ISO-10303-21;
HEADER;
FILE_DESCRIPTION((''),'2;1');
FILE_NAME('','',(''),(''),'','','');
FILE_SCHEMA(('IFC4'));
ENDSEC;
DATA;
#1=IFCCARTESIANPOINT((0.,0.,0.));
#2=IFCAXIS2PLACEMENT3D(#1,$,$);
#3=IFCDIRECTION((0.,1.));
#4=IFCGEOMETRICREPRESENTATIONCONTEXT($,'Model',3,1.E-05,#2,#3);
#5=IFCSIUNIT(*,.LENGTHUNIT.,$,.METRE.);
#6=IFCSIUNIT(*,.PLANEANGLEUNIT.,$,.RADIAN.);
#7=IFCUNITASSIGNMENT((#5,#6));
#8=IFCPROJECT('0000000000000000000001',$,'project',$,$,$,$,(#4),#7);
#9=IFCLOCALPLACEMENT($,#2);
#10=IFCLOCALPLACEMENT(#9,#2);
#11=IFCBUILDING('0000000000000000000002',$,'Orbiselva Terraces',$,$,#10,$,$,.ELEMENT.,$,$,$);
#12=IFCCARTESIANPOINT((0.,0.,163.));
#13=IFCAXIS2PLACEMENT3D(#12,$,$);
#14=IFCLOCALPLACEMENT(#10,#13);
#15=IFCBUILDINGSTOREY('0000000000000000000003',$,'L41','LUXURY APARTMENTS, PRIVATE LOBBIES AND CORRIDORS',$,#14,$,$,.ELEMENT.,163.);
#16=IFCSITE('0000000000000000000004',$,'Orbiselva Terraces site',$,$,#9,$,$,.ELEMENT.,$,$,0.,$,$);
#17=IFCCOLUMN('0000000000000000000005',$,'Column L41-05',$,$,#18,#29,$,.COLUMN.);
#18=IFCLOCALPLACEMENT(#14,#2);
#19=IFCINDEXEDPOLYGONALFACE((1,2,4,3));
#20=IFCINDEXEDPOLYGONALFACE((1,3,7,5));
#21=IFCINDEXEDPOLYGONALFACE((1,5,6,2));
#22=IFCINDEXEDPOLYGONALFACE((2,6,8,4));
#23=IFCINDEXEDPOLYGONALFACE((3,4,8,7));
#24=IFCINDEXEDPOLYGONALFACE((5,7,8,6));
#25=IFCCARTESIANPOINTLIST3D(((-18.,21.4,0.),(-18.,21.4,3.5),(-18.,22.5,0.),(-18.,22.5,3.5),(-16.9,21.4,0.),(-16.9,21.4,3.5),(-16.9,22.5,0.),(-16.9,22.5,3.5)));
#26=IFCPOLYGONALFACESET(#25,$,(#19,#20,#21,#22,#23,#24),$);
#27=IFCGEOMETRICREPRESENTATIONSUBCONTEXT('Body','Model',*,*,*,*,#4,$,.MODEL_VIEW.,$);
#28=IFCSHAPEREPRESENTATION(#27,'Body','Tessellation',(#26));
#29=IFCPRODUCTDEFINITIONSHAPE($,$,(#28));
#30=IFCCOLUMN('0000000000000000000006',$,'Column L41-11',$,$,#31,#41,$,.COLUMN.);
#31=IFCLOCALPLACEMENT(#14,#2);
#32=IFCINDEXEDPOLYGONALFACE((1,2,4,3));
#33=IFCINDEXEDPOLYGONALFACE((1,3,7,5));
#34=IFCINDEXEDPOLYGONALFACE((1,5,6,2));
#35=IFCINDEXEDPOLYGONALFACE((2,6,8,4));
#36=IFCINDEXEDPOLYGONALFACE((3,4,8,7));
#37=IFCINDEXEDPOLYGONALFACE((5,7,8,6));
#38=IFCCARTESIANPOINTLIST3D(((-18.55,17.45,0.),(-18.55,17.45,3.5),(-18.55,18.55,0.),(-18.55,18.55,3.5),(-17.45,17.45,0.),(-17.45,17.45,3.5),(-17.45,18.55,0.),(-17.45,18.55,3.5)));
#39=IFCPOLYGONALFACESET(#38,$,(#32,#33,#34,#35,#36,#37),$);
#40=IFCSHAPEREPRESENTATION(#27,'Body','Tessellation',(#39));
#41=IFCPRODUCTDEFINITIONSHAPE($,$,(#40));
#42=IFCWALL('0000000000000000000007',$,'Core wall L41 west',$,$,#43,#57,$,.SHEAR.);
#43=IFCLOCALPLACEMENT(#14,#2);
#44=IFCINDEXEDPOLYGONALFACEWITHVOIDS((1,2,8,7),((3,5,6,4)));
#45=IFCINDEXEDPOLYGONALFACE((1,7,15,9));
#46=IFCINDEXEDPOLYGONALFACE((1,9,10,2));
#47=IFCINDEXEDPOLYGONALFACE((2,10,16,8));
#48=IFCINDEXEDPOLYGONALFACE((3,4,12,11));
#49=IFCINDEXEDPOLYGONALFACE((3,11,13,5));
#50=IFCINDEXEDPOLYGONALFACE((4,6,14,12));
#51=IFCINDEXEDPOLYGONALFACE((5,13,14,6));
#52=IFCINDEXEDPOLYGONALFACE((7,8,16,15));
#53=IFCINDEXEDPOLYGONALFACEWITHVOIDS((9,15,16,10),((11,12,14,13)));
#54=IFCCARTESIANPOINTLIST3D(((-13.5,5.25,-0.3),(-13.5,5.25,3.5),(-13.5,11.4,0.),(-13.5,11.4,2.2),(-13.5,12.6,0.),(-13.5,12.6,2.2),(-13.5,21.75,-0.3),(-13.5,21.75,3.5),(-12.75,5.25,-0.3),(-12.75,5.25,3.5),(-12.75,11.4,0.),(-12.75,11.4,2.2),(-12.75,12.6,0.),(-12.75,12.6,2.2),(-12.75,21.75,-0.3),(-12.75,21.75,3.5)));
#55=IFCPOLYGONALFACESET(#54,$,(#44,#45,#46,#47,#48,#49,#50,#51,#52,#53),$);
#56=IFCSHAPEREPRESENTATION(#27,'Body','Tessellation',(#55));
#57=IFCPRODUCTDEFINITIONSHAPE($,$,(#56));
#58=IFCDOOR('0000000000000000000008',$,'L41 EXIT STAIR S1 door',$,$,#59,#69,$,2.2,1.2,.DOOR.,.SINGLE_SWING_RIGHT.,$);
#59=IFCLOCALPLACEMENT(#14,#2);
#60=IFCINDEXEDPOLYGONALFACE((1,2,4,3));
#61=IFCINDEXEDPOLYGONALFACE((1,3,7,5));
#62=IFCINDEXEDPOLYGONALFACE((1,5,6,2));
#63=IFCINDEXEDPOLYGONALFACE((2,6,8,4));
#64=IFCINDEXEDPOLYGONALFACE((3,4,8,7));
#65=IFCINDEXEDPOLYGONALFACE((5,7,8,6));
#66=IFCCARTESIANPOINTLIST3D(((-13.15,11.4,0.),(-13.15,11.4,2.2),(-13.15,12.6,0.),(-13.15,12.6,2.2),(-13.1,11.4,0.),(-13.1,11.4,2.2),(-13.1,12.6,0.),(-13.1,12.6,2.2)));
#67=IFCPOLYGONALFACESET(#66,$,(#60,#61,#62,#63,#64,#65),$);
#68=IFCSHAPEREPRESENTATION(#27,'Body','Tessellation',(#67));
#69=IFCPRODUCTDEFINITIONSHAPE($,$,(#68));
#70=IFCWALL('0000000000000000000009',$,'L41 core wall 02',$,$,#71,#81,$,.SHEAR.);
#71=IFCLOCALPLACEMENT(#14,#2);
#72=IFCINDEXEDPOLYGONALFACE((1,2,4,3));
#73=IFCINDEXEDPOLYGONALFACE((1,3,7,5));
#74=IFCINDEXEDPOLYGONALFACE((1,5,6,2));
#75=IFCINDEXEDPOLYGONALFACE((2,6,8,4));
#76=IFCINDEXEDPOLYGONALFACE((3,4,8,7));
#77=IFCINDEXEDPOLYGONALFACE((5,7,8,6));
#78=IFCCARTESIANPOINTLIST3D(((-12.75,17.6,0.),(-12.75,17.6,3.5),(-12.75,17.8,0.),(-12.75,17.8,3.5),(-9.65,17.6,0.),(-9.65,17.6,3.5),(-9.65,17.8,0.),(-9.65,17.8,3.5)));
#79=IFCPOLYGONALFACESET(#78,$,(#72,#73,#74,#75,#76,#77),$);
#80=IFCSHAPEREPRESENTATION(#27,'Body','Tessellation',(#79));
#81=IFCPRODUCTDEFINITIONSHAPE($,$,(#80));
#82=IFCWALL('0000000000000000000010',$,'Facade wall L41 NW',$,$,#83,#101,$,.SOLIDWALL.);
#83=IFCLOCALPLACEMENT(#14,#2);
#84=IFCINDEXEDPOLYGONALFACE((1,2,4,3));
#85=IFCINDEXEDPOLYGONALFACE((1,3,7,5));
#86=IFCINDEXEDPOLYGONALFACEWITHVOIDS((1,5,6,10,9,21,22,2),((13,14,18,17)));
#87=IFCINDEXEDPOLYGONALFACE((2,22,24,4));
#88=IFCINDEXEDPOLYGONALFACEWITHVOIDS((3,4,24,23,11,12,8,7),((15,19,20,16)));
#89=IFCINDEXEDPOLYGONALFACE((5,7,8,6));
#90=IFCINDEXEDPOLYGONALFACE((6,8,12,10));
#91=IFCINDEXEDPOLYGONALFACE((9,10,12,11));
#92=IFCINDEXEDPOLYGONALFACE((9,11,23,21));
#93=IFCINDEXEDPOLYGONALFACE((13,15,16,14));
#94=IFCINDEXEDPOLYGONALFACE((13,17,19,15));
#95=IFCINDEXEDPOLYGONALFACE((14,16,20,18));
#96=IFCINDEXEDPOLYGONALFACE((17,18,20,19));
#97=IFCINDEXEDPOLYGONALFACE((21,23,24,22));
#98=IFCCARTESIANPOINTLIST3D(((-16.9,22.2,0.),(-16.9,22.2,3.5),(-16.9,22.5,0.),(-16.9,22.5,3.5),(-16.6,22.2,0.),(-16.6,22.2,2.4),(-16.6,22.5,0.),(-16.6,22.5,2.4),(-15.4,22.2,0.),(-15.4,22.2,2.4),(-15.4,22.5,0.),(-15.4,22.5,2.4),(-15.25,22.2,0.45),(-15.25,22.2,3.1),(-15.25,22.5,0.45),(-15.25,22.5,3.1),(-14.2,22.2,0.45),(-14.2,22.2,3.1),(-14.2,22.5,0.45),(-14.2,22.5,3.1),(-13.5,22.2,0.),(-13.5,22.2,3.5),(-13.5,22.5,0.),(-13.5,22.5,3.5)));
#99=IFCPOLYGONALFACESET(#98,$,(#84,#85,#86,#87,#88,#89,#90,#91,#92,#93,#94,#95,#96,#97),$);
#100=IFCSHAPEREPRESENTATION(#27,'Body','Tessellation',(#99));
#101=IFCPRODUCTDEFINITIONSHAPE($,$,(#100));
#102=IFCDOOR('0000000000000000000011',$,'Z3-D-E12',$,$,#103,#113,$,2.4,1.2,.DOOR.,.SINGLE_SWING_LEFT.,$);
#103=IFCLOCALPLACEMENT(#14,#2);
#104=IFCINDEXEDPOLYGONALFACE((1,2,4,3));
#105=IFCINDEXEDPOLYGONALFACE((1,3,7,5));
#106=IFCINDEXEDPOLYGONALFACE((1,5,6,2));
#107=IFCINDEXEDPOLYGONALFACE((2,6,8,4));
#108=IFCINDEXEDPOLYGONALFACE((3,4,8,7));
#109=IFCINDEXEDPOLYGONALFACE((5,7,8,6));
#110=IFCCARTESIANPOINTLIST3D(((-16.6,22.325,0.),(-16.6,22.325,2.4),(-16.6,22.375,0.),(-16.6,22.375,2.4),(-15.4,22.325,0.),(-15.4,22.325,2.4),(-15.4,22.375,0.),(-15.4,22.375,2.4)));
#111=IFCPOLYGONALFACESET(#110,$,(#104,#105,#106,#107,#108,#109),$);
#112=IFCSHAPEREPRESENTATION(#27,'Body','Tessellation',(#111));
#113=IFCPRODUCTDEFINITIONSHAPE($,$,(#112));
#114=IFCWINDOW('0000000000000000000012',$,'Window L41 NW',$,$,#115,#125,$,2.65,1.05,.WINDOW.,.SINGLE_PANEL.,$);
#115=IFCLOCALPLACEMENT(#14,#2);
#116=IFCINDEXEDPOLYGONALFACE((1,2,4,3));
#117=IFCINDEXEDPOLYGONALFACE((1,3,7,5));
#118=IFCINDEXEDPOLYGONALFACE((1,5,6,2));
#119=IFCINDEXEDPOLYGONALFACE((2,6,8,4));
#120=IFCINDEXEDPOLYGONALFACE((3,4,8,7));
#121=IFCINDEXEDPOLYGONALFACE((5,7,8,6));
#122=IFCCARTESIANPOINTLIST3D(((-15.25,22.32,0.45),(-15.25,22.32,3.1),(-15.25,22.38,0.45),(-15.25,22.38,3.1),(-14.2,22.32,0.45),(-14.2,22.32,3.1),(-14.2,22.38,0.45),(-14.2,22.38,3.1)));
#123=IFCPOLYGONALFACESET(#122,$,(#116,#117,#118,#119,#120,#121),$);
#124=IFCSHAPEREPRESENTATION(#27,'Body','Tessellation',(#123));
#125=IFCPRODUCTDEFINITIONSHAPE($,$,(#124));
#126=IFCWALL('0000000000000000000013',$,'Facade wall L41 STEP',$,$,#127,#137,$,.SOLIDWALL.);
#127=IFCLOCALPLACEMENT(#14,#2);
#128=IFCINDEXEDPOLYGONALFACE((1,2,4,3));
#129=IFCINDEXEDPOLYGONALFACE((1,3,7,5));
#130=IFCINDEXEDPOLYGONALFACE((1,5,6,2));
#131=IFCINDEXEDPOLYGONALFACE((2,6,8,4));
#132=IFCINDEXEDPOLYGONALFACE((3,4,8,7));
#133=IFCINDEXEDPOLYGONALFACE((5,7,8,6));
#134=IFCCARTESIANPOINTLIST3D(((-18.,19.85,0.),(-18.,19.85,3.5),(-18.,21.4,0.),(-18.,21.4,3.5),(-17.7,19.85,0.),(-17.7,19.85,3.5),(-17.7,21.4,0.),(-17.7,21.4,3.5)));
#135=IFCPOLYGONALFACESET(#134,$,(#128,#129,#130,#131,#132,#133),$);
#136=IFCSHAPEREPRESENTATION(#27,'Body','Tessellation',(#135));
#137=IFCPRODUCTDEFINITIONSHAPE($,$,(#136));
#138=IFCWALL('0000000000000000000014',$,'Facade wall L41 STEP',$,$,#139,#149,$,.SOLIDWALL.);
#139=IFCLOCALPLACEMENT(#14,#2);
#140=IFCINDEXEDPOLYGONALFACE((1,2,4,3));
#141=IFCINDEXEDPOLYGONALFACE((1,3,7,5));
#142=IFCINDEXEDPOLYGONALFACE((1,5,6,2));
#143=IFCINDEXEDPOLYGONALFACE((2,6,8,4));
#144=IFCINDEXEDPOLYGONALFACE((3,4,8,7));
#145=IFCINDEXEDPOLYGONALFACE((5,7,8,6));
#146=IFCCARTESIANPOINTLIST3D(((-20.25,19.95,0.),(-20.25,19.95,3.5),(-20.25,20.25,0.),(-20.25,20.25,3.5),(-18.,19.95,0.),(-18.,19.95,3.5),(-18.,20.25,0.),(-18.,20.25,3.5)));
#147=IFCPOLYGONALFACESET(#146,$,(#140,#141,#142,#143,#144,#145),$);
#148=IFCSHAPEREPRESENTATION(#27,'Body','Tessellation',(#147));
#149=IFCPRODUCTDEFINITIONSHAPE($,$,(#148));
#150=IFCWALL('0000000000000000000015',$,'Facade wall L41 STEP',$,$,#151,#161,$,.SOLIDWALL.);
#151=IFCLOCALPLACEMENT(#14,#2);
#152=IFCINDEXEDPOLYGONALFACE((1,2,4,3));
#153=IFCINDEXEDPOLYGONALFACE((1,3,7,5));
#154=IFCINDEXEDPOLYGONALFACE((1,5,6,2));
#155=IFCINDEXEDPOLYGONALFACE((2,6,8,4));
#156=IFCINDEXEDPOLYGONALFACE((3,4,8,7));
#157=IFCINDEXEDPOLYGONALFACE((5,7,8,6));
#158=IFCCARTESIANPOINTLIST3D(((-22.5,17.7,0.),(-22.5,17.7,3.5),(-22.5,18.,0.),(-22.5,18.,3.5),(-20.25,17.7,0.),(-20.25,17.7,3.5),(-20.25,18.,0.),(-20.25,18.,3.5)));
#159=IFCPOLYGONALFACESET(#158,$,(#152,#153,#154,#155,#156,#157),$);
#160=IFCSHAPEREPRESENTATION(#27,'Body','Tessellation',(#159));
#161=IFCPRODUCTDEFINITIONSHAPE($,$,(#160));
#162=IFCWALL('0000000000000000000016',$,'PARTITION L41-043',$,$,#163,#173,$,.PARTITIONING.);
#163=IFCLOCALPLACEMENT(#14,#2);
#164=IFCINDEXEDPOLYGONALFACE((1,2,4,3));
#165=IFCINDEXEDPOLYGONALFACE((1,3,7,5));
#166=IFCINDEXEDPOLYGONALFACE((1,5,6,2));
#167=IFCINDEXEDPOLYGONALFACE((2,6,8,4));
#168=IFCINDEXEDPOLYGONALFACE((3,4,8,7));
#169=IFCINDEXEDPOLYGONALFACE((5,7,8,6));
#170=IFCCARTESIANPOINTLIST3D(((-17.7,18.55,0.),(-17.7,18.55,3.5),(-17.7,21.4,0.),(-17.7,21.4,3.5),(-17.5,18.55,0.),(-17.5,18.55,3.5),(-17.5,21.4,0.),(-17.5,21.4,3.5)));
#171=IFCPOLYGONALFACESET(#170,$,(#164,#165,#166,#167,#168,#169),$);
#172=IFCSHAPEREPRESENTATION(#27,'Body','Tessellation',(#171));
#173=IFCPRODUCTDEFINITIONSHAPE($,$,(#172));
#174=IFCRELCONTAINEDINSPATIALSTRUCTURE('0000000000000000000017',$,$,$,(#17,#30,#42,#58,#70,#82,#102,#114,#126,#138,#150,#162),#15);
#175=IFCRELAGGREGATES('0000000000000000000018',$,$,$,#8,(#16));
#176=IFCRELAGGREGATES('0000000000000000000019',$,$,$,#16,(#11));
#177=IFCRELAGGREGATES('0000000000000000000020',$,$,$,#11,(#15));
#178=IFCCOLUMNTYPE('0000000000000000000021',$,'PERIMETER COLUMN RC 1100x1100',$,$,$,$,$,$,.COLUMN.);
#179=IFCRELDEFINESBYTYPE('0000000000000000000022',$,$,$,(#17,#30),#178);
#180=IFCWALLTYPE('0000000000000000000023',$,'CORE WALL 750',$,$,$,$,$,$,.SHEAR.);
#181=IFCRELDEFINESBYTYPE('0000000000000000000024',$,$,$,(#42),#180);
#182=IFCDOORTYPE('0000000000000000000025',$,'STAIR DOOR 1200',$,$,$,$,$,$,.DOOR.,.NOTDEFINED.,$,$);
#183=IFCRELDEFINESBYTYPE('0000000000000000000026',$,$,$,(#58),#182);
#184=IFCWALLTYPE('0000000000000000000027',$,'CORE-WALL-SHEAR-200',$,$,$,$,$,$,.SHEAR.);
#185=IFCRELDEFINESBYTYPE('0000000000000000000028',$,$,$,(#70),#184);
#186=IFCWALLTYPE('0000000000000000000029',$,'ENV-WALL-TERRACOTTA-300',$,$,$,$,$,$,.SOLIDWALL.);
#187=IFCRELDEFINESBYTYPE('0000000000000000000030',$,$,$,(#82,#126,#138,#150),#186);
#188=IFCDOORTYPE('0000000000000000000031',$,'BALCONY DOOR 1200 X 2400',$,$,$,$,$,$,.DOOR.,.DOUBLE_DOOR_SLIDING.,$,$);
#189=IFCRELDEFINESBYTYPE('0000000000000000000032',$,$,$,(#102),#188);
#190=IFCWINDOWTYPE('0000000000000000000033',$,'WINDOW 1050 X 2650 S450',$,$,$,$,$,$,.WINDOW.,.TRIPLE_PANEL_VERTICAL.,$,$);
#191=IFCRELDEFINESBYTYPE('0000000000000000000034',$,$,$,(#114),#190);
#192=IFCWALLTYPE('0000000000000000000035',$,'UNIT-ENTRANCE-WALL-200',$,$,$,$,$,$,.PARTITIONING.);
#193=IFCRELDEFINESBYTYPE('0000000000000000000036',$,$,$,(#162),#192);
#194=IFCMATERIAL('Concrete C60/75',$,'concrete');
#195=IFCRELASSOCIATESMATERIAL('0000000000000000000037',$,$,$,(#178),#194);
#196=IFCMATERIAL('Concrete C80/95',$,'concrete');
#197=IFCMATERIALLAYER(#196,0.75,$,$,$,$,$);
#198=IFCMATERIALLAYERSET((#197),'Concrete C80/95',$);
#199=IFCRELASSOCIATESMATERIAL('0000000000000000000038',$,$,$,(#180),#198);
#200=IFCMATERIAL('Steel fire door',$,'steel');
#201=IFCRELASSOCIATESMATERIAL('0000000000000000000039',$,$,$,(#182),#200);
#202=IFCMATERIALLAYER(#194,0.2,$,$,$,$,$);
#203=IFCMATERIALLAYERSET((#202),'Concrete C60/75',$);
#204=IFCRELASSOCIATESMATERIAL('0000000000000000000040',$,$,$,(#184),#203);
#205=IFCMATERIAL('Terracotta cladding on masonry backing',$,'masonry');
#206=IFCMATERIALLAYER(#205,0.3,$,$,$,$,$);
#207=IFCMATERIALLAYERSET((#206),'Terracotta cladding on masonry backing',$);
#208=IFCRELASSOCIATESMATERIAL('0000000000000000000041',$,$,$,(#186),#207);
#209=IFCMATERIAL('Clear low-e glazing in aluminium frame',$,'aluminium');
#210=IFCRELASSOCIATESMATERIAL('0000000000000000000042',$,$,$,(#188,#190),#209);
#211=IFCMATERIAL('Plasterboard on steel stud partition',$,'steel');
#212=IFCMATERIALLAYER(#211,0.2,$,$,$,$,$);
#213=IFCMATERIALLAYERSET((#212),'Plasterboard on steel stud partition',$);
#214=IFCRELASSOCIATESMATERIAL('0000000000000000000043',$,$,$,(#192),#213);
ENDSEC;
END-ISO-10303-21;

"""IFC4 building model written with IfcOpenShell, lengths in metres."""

from ifc_helpers import new_model, si_unit, direction, frame, frame_2d, origin, origin_2d, place, context, subcontext, project, spatial, rectangle, extrude, material, layer, layer_set, material_profile, profile_set, type_object, element, fill, save


model = new_model("IFC4")

# Units and contexts
model_context = context("Model", 3, precision=1e-05, world=origin(), true_north=direction((0.0, 1.0)))
body_context = subcontext(model_context, "Body", "Model", "MODEL_VIEW")
ifc_project = project(units=[si_unit("LENGTHUNIT", "METRE"), si_unit("PLANEANGLEUNIT", "RADIAN")], contexts=[model_context])

# Site, building, storey
site_placement = place(None, origin())
site = spatial("IfcSite", under=ifc_project, at=site_placement, Name="Orbiselva Terraces site", CompositionType="ELEMENT", RefElevation=0.0)
building_placement = place(site_placement, origin())
building = spatial("IfcBuilding", under=site, at=building_placement, Name="Orbiselva Terraces", CompositionType="ELEMENT")
storey_placement = place(building_placement, frame((0.0, 0.0, 163.0)))
storey = spatial("IfcBuildingStorey", under=building, at=storey_placement, Name="L41", Description="LUXURY APARTMENTS, PRIVATE LOBBIES AND CORRIDORS", CompositionType="ELEMENT", Elevation=163.0)

# Columns
ifc_material_1 = material(Name="Concrete C60/75", Category="concrete")
ifc_material_profile = material_profile(ifc_material_1, rectangle(XDim=1.1, YDim=1.1, at=origin_2d()), Name="RC 1100x1100")
ifc_profile_set = profile_set([ifc_material_profile], Name="Concrete C60/75")
column_type = type_object("IfcColumnType", Name="PERIMETER COLUMN RC 1100x1100", PredefinedType="COLUMN", material=ifc_profile_set)
for number, where, z_axis, x_axis, name in (
    (1, (-17.45, 21.95, 0.0), (0.0, 0.0, 1.0), (1.0, 0.0, 0.0), "Column L41-05"),
    (2, (-18.0, 18.0, 0.0), (0.0, 0.0, 1.0), (1.0, 0.0, 0.0), "Column L41-11"),
):
    element("IfcColumn", number, at=place(storey_placement, frame(where, z_axis=z_axis, x_axis=x_axis)), inside=storey, type_object=column_type, Name=name, PredefinedType="COLUMN", context=body_context, shape_type="SweptSolid", body=[
        extrude(rectangle(XDim=1.1, YDim=1.1, at=origin_2d()), origin(), (0.0, 0.0, 1.0), 3.5),
    ])

# Wall, opening, door
ifc_material_2 = material(Name="Concrete C80/95", Category="concrete")
ifc_layer_1 = layer(ifc_material_2, 0.75)
ifc_layer_set_1 = layer_set([ifc_layer_1], Name="Concrete C80/95")
wall_type_1 = type_object("IfcWallType", Name="CORE WALL 750", PredefinedType="SHEAR", material=ifc_layer_set_1)
wall_1_placement = place(storey_placement, frame((-13.125, 21.75, -0.3), z_axis=(0.0, 0.0, 1.0), x_axis=(0.0, -1.0, 0.0)))
wall_1 = element("IfcWall", 3, at=wall_1_placement, inside=storey, type_object=wall_type_1, Name="Core wall L41 west", PredefinedType="SHEAR", context=body_context, shape_type="SweptSolid", body=[
    extrude(rectangle(XDim=16.5, YDim=0.75, at=frame_2d((8.25, 0.0))), origin(), (0.0, 0.0, 1.0), 3.8),
])
opening_1_placement = place(wall_1_placement, frame((9.15, 0.0, 0.3)))
opening_1 = element("IfcOpeningElement", 4, at=opening_1_placement, cuts=wall_1, PredefinedType="OPENING", context=body_context, shape_type="SweptSolid", body=[
    extrude(rectangle(XDim=1.2, YDim=2.2, at=frame_2d((0.6, 1.1))), frame((0.0, 0.385, 0.0), z_axis=(0.0, -1.0, 0.0), x_axis=(1.0, 0.0, 0.0)), (0.0, 0.0, 1.0), 0.77),
])
ifc_material_3 = material(Name="Steel fire door", Category="steel")
door_type_1 = type_object("IfcDoorType", Name="STAIR DOOR 1200", OperationType="NOTDEFINED", PredefinedType="DOOR", material=ifc_material_3)
door_1_placement = place(opening_1_placement, frame((1.2, 0.0, 0.0), z_axis=(0.0, 0.0, 1.0), x_axis=(-1.0, 0.0, 0.0)))
door_1 = element("IfcDoor", 5, at=door_1_placement, inside=storey, type_object=door_type_1, Name="L41 EXIT STAIR S1 door", OperationType="SINGLE_SWING_RIGHT", OverallHeight=2.2, OverallWidth=1.2, PredefinedType="DOOR", context=body_context, shape_type="SweptSolid", body=[
    extrude(rectangle(XDim=1.2, YDim=2.2, at=frame_2d((0.6, 1.1))), frame((0.0, 0.025, 0.0), z_axis=(0.0, -1.0, 0.0), x_axis=(1.0, 0.0, 0.0)), (0.0, 0.0, 1.0), 0.05),
])
fill(opening_1, door_1)

# Wall
ifc_layer_2 = layer(ifc_material_1, 0.2)
ifc_layer_set_2 = layer_set([ifc_layer_2], Name="Concrete C60/75")
wall_type_2 = type_object("IfcWallType", Name="CORE-WALL-SHEAR-200", PredefinedType="SHEAR", material=ifc_layer_set_2)
wall_2_placement = place(storey_placement, frame((-12.75, 17.7, 0.0), z_axis=(0.0, 0.0, 1.0), x_axis=(1.0, 0.0, 0.0)))
element("IfcWall", 6, at=wall_2_placement, inside=storey, type_object=wall_type_2, Name="L41 core wall 02", PredefinedType="SHEAR", context=body_context, shape_type="SweptSolid", body=[
    extrude(rectangle(XDim=3.1, YDim=0.2, at=frame_2d((1.55, 0.0))), origin(), (0.0, 0.0, 1.0), 3.5),
])

# Wall, openings, door, window
ifc_material_4 = material(Name="Terracotta cladding on masonry backing", Category="masonry")
ifc_layer_3 = layer(ifc_material_4, 0.3)
ifc_layer_set_3 = layer_set([ifc_layer_3], Name="Terracotta cladding on masonry backing")
wall_type_3 = type_object("IfcWallType", Name="ENV-WALL-TERRACOTTA-300", PredefinedType="SOLIDWALL", material=ifc_layer_set_3)
wall_3_placement = place(storey_placement, frame((-16.9, 22.35, 0.0), z_axis=(0.0, 0.0, 1.0), x_axis=(1.0, 0.0, 0.0)))
wall_3 = element("IfcWall", 7, at=wall_3_placement, inside=storey, type_object=wall_type_3, Name="Facade wall L41 NW", PredefinedType="SOLIDWALL", context=body_context, shape_type="SweptSolid", body=[
    extrude(rectangle(XDim=3.4, YDim=0.3, at=frame_2d((1.7, 0.0))), origin(), (0.0, 0.0, 1.0), 3.5),
])
opening_2_placement = place(wall_3_placement, frame((1.65, 0.0, 0.45)))
opening_2 = element("IfcOpeningElement", 8, at=opening_2_placement, cuts=wall_3, PredefinedType="OPENING", context=body_context, shape_type="SweptSolid", body=[
    extrude(rectangle(XDim=1.05, YDim=2.65, at=frame_2d((0.525, 1.325))), frame((0.0, 0.16, 0.0), z_axis=(0.0, -1.0, 0.0), x_axis=(1.0, 0.0, 0.0)), (0.0, 0.0, 1.0), 0.32),
])
opening_3_placement = place(wall_3_placement, frame((0.3, 0.0, 0.0)))
opening_3 = element("IfcOpeningElement", 9, at=opening_3_placement, cuts=wall_3, PredefinedType="OPENING", context=body_context, shape_type="SweptSolid", body=[
    extrude(rectangle(XDim=1.2, YDim=2.4, at=frame_2d((0.6, 1.2))), frame((0.0, 0.16, 0.0), z_axis=(0.0, -1.0, 0.0), x_axis=(1.0, 0.0, 0.0)), (0.0, 0.0, 1.0), 0.32),
])
ifc_material_5 = material(Name="Clear low-e glazing in aluminium frame", Category="aluminium")
door_type_2 = type_object("IfcDoorType", Name="BALCONY DOOR 1200 X 2400", OperationType="DOUBLE_DOOR_SLIDING", PredefinedType="DOOR", material=ifc_material_5)
door_2_placement = place(opening_3_placement, origin())
door_2 = element("IfcDoor", 10, at=door_2_placement, inside=storey, type_object=door_type_2, Name="Z3-D-E12", OperationType="SINGLE_SWING_LEFT", OverallHeight=2.4, OverallWidth=1.2, PredefinedType="DOOR", context=body_context, shape_type="SweptSolid", body=[
    extrude(rectangle(XDim=1.2, YDim=2.4, at=frame_2d((0.6, 1.2))), frame((0.0, 0.025, 0.0), z_axis=(0.0, -1.0, 0.0), x_axis=(1.0, 0.0, 0.0)), (0.0, 0.0, 1.0), 0.05),
])
fill(opening_3, door_2)
window_type = type_object("IfcWindowType", Name="WINDOW 1050 X 2650 S450", PartitioningType="TRIPLE_PANEL_VERTICAL", PredefinedType="WINDOW", material=ifc_material_5)
window_placement = place(opening_2_placement, origin())
window = element("IfcWindow", 11, at=window_placement, inside=storey, type_object=window_type, Name="Window L41 NW", OverallHeight=2.65, OverallWidth=1.05, PartitioningType="SINGLE_PANEL", PredefinedType="WINDOW", context=body_context, shape_type="SweptSolid", body=[
    extrude(rectangle(XDim=1.05, YDim=2.65, at=frame_2d((0.525, 1.325))), frame((0.0, 0.03, 0.0), z_axis=(0.0, -1.0, 0.0), x_axis=(1.0, 0.0, 0.0)), (0.0, 0.0, 1.0), 0.06),
])
fill(opening_2, window)

# Walls
wall_4_placement = place(storey_placement, frame((-17.85, 19.85, 0.0), z_axis=(0.0, 0.0, 1.0), x_axis=(0.0, 1.0, 0.0)))
element("IfcWall", 12, at=wall_4_placement, inside=storey, type_object=wall_type_3, Name="Facade wall L41 STEP", PredefinedType="SOLIDWALL", context=body_context, shape_type="SweptSolid", body=[
    extrude(rectangle(XDim=1.55, YDim=0.3, at=frame_2d((0.775, 0.0))), origin(), (0.0, 0.0, 1.0), 3.5),
])
for number, where, z_axis, x_axis, name in (
    (13, (-20.25, 20.1, 0.0), (0.0, 0.0, 1.0), (1.0, 0.0, 0.0), "Facade wall L41 STEP"),
    (14, (-22.5, 17.85, 0.0), (0.0, 0.0, 1.0), (1.0, 0.0, 0.0), "Facade wall L41 STEP"),
):
    element("IfcWall", number, at=place(storey_placement, frame(where, z_axis=z_axis, x_axis=x_axis)), inside=storey, type_object=wall_type_3, Name=name, PredefinedType="SOLIDWALL", context=body_context, shape_type="SweptSolid", body=[
        extrude(rectangle(XDim=2.25, YDim=0.3, at=frame_2d((1.125, 0.0))), origin(), (0.0, 0.0, 1.0), 3.5),
    ])
ifc_material_6 = material(Name="Plasterboard on steel stud partition", Category="steel")
ifc_layer_4 = layer(ifc_material_6, 0.2)
ifc_layer_set_4 = layer_set([ifc_layer_4], Name="Plasterboard on steel stud partition")
wall_type_4 = type_object("IfcWallType", Name="UNIT-ENTRANCE-WALL-200", PredefinedType="PARTITIONING", material=ifc_layer_set_4)
wall_5_placement = place(storey_placement, frame((-17.6, 18.55, 0.0), z_axis=(0.0, 0.0, 1.0), x_axis=(0.0, 1.0, 0.0)))
element("IfcWall", 15, at=wall_5_placement, inside=storey, type_object=wall_type_4, Name="PARTITION L41-043", PredefinedType="PARTITIONING", context=body_context, shape_type="SweptSolid", body=[
    extrude(rectangle(XDim=2.85, YDim=0.2, at=frame_2d((1.425, 0.0))), origin(), (0.0, 0.0, 1.0), 3.5),
])

save(model, "model.ifc")
